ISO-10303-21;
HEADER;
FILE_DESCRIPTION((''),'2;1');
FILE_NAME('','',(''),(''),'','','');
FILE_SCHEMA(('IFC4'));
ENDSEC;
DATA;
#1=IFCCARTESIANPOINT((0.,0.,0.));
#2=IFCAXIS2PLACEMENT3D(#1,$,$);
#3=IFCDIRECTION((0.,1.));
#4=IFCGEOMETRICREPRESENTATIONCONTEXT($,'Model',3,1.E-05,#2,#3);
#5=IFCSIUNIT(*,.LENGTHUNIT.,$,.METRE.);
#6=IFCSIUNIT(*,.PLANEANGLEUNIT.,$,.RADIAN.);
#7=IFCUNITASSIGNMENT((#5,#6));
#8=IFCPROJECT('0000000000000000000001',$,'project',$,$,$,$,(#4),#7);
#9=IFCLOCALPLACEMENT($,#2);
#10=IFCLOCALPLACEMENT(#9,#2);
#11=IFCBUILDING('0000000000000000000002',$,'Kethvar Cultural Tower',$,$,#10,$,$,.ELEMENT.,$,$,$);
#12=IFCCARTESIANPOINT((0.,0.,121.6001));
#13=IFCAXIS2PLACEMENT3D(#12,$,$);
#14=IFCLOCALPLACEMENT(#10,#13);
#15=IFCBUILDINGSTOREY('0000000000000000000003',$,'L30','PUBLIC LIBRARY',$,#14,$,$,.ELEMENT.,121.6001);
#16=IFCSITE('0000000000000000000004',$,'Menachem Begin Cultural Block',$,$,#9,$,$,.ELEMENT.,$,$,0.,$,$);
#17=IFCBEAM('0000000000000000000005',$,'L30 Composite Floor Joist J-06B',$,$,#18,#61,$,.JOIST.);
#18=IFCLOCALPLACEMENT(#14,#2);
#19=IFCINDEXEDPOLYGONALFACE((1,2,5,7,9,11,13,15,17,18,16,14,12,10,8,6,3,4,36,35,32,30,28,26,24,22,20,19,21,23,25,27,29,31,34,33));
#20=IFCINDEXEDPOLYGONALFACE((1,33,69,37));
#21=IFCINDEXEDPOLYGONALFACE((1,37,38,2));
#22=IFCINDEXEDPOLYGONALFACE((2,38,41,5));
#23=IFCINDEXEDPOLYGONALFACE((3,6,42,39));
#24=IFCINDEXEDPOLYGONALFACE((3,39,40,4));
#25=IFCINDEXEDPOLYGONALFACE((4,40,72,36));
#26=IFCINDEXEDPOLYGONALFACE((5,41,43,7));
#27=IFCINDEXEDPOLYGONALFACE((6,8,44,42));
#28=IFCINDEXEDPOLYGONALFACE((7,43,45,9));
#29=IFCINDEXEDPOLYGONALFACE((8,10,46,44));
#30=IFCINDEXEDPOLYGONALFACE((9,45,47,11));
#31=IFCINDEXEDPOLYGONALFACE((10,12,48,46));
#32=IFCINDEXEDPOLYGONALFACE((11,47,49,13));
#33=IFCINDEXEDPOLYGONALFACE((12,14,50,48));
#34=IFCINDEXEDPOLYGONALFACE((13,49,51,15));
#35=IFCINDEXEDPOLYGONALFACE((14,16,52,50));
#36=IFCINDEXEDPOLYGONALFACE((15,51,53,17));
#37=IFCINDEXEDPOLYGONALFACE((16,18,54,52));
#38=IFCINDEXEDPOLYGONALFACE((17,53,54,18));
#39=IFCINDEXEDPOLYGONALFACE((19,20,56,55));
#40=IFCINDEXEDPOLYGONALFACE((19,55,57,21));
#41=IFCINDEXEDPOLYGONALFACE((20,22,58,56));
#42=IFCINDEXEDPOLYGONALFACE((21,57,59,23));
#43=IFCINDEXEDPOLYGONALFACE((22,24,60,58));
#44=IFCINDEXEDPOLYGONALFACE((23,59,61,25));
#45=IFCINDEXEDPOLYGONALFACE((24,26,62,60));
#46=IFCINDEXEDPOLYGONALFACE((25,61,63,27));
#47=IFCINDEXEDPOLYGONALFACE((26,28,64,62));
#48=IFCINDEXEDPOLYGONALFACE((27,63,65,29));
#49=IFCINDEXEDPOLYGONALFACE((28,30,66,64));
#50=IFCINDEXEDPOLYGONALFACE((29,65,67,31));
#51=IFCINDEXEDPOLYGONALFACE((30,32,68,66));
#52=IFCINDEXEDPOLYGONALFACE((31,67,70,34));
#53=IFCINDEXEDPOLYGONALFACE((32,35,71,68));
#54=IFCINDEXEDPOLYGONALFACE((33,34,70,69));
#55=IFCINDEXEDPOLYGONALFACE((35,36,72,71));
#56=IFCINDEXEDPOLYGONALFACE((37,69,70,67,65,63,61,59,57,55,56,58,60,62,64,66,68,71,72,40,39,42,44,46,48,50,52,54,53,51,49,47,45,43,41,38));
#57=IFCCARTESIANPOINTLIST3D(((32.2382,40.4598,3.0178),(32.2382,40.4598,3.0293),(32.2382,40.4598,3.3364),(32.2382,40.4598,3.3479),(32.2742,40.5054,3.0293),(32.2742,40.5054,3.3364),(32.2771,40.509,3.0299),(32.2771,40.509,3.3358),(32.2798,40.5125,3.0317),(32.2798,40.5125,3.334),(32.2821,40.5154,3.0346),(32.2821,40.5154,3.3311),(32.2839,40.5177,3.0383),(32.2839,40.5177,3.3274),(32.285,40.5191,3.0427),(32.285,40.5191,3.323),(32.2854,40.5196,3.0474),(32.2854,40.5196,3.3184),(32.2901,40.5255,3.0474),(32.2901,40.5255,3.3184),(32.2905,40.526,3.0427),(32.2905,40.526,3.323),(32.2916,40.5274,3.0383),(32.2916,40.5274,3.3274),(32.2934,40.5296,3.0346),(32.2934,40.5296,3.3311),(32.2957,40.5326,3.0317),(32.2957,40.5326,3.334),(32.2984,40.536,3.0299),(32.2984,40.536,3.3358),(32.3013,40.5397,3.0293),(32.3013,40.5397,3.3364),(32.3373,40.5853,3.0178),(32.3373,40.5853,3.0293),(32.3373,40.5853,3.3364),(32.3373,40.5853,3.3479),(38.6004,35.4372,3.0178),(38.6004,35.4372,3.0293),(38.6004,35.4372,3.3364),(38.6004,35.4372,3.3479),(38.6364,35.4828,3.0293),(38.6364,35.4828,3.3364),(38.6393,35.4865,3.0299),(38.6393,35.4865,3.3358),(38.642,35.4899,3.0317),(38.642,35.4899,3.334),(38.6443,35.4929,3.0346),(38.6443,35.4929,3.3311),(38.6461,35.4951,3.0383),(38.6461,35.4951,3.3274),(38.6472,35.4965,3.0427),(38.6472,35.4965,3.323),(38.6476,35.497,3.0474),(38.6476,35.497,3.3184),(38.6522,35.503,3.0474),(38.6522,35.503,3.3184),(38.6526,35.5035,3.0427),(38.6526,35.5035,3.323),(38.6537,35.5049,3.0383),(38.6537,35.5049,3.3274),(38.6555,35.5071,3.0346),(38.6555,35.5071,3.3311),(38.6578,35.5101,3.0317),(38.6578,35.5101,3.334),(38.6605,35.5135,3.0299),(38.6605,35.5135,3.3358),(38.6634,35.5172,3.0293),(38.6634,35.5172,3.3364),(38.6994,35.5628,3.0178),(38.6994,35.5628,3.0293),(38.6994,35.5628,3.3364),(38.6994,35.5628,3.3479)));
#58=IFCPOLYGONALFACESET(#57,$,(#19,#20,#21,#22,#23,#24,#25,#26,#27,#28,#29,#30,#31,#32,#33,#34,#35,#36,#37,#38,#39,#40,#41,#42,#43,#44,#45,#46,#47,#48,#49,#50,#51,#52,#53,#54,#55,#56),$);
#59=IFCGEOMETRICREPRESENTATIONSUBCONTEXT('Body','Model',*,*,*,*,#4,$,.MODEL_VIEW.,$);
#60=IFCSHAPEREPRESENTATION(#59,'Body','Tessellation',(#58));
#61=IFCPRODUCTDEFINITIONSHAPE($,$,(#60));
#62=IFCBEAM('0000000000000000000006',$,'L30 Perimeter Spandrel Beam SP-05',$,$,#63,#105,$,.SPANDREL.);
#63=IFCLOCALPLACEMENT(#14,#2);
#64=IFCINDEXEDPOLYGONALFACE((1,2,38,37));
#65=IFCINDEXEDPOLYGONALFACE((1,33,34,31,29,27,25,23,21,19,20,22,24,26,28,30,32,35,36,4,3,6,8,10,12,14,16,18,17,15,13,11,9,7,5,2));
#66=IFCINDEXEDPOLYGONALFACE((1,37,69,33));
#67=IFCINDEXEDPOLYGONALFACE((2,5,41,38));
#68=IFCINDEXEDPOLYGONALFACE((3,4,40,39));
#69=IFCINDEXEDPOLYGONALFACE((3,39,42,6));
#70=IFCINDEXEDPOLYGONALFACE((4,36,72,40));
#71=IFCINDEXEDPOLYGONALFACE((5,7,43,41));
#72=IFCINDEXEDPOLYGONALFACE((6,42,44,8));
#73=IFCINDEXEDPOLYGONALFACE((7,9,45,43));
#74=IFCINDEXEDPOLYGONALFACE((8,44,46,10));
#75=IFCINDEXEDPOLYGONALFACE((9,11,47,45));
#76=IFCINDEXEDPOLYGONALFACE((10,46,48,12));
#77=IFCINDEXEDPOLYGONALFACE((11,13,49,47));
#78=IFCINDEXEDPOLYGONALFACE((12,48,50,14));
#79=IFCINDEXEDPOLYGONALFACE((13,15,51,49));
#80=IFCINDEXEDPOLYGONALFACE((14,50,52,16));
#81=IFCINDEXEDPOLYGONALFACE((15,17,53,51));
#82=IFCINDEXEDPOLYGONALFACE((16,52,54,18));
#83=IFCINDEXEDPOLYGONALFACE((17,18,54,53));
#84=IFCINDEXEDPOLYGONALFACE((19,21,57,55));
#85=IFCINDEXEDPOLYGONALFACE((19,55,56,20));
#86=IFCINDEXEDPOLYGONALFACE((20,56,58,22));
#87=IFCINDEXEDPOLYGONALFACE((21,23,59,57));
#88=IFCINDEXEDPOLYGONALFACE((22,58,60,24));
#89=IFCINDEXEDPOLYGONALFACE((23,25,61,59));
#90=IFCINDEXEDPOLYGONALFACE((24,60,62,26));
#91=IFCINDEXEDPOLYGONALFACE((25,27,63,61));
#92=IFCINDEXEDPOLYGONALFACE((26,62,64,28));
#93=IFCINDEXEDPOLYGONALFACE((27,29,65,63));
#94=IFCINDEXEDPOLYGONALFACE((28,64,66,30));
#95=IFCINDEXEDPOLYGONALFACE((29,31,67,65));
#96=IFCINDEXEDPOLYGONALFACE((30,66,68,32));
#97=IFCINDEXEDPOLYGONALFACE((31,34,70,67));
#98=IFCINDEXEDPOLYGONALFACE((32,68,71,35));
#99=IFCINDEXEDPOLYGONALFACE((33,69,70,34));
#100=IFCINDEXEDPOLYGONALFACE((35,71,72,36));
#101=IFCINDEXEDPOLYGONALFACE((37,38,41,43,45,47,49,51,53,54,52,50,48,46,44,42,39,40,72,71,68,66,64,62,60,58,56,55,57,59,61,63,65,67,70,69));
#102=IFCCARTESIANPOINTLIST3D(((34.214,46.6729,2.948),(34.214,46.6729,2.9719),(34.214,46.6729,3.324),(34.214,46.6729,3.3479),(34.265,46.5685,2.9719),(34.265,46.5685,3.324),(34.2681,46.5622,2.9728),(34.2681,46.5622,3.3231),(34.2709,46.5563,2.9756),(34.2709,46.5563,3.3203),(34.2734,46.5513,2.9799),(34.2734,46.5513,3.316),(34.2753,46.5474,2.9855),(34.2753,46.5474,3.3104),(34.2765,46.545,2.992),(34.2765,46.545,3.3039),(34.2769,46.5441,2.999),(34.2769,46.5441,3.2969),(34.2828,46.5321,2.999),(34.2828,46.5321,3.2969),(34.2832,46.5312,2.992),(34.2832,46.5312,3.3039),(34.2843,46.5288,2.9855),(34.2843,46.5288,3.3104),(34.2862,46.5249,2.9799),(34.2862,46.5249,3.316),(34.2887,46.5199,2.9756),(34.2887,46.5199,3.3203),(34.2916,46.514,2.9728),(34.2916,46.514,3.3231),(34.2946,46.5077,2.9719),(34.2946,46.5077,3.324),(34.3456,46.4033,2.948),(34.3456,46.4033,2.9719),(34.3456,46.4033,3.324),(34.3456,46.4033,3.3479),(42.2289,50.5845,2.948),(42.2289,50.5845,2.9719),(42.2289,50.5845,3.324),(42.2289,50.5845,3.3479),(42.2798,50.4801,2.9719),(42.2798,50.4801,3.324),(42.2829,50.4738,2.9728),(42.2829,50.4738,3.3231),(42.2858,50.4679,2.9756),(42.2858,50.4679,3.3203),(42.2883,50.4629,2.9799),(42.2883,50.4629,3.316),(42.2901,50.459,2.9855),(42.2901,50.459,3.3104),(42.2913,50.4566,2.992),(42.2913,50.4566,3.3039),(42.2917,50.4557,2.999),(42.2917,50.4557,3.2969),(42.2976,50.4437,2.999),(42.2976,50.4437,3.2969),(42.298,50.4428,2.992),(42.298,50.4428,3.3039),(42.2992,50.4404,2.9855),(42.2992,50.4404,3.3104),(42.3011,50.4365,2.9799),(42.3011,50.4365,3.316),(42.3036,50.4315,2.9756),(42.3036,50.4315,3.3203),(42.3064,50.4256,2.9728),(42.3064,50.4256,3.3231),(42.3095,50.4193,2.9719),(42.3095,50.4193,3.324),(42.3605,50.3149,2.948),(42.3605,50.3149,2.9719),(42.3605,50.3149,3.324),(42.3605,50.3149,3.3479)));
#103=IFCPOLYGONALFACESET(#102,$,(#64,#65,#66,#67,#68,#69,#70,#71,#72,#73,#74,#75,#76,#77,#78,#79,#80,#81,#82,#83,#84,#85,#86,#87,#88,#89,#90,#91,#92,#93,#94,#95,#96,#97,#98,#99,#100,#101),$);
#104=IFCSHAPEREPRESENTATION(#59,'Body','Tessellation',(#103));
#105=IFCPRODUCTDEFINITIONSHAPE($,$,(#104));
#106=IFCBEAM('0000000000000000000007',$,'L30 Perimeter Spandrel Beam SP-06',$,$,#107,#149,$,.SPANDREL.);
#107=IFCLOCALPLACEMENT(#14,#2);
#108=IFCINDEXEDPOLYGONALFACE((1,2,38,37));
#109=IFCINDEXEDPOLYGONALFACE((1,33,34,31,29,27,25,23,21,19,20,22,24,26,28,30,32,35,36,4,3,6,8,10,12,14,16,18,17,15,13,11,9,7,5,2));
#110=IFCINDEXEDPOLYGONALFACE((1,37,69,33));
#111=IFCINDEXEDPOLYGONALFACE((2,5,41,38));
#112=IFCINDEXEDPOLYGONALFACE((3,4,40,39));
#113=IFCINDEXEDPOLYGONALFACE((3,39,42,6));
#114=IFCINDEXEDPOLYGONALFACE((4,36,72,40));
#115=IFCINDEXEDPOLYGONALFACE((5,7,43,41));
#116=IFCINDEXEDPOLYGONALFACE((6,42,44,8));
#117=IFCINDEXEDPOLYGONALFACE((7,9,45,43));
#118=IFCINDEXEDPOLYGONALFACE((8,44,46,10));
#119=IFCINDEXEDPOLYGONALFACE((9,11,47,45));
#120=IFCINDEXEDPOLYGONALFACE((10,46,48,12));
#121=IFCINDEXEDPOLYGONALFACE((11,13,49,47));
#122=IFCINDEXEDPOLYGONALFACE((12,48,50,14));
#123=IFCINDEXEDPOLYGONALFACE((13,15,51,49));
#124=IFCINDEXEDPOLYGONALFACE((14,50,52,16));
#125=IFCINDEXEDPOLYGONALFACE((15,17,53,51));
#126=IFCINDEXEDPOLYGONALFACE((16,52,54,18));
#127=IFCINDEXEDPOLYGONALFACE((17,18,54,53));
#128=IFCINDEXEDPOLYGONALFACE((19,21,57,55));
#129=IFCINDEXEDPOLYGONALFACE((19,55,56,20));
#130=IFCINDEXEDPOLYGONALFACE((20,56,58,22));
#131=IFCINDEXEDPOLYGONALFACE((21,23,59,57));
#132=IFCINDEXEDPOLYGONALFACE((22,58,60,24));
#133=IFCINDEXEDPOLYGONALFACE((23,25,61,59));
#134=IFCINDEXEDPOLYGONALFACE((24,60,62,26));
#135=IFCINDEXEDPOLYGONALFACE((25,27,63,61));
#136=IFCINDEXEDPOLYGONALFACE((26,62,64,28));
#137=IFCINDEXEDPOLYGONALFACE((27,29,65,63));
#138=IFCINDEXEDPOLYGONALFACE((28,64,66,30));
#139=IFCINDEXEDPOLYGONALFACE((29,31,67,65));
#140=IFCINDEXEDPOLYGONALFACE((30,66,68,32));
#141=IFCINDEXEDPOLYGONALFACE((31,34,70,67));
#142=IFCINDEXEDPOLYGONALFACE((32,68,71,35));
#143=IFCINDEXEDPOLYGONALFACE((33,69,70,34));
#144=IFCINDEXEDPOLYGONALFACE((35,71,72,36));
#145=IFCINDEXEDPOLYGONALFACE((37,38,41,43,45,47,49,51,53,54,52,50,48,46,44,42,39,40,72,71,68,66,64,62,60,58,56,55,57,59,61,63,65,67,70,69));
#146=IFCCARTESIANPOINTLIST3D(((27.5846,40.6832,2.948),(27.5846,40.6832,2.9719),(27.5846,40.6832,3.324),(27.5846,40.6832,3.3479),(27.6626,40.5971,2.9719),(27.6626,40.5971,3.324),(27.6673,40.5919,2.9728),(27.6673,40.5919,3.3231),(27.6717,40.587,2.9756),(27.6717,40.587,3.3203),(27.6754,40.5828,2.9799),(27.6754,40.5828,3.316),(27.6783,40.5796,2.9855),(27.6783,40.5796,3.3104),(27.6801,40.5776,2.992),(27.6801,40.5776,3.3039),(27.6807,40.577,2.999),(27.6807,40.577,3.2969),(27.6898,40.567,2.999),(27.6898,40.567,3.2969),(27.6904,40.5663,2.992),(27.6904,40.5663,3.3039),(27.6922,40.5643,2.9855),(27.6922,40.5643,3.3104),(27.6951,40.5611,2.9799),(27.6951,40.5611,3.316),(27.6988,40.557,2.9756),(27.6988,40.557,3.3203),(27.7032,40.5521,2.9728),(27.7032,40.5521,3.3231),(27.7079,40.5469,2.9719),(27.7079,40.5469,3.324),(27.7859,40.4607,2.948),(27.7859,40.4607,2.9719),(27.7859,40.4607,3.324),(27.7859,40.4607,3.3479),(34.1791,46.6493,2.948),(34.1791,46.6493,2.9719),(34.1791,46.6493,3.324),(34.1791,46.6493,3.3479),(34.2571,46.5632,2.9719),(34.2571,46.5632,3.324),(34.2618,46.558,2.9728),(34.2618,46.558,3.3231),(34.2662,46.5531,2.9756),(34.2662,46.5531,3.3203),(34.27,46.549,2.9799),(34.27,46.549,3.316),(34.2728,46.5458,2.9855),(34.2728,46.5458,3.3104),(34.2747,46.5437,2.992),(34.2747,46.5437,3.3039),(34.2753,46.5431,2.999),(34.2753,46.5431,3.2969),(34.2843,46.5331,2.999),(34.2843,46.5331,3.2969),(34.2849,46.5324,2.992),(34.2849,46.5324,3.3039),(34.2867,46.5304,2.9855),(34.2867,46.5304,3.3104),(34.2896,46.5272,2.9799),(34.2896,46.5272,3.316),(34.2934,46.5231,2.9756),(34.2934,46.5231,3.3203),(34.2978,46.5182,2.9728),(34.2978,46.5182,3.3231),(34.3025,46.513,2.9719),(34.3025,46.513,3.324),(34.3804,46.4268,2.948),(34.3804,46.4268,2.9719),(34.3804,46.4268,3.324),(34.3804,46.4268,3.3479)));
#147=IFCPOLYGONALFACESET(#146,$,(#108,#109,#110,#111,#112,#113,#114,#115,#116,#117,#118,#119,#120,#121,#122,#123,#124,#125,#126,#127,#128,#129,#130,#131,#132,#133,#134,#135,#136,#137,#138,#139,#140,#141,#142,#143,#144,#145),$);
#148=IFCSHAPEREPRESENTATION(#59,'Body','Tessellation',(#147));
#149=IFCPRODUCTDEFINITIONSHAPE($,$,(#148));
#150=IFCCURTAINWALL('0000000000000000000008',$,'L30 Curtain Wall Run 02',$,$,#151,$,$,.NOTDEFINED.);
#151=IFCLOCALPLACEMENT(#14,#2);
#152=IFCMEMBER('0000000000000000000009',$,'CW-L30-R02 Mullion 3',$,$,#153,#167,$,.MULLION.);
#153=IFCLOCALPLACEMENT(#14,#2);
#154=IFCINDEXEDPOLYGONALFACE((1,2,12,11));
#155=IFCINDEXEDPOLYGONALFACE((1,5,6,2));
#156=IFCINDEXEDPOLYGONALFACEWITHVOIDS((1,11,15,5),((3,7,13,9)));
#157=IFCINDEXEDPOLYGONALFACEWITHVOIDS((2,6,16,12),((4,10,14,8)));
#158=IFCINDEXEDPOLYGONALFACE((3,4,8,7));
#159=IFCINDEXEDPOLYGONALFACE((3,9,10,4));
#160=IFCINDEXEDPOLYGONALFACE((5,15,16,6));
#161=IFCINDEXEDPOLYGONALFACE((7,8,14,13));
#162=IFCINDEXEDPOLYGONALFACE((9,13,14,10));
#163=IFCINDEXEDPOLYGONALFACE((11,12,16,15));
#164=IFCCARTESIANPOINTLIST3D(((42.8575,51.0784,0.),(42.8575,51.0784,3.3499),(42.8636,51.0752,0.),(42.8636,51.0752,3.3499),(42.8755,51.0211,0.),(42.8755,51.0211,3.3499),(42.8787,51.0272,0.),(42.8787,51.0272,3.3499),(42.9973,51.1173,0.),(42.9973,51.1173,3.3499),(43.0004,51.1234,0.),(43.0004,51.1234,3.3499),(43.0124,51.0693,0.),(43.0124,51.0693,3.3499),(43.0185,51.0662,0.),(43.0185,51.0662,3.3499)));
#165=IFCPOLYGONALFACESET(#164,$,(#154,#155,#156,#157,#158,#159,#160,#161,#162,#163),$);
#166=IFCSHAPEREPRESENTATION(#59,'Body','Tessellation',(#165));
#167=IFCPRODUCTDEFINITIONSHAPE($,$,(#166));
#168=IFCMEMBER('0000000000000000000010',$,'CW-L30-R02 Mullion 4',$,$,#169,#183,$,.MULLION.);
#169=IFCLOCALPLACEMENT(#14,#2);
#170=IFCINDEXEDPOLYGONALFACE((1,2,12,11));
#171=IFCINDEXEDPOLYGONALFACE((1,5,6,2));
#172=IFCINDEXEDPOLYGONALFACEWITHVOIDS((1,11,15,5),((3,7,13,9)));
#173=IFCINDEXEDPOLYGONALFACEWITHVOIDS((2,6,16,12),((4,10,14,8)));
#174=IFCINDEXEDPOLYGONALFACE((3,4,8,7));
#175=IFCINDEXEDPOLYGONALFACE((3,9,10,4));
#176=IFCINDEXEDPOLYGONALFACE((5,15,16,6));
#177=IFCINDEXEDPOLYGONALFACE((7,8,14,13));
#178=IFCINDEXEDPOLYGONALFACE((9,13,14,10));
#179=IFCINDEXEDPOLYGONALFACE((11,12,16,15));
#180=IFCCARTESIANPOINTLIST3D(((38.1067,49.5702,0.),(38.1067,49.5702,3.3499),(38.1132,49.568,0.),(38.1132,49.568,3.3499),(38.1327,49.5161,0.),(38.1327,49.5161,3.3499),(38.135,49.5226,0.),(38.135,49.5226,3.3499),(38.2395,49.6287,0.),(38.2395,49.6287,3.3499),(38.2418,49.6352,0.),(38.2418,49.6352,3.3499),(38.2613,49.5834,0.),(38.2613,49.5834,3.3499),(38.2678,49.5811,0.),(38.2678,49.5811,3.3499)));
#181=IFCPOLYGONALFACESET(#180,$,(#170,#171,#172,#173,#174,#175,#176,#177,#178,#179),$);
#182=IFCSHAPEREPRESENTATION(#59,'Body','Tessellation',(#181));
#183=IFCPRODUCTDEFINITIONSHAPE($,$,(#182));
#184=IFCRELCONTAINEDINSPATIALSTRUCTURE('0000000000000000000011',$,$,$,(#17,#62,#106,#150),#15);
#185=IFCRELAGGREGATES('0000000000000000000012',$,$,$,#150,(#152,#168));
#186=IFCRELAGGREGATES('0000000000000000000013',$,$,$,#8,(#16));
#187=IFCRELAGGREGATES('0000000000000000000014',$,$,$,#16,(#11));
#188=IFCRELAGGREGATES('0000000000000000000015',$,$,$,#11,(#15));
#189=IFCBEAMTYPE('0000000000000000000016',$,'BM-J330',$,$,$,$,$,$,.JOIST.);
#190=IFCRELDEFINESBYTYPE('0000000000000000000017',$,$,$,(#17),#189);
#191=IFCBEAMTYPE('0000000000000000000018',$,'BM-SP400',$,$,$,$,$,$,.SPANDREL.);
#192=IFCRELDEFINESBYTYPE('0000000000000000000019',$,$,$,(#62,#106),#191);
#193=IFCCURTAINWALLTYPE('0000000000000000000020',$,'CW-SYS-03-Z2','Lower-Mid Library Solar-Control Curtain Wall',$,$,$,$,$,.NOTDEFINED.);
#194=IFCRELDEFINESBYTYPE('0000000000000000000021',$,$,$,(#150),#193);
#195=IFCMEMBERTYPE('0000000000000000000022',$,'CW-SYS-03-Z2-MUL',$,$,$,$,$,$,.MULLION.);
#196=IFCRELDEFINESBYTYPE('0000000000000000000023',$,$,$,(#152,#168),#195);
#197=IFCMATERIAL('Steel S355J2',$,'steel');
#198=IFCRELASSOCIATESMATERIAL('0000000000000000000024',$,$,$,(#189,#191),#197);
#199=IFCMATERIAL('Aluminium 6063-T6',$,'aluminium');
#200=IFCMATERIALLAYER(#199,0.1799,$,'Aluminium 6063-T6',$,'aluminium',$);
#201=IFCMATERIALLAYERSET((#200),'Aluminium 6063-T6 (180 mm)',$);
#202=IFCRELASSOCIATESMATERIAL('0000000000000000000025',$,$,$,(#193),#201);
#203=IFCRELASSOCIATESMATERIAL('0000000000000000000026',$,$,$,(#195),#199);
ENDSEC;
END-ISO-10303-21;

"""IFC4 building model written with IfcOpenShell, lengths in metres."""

from ifc_helpers import new_model, si_unit, direction, frame, origin, origin_2d, place, context, subcontext, project, spatial, hollow_rectangle, i_section, extrude, source, transform, mapped, material, layer, layer_set, material_profile, profile_set, type_object, element, aggregate, save


model = new_model("IFC4")

# Units and contexts
model_context = context("Model", 3, precision=1e-05, world=origin(), true_north=direction((0.0, 1.0)))
body_context = subcontext(model_context, "Body", "Model", "MODEL_VIEW")
ifc_project = project(units=[si_unit("LENGTHUNIT", "METRE"), si_unit("PLANEANGLEUNIT", "RADIAN")], contexts=[model_context])

# Site, building, storey
site_placement = place(None, origin())
site = spatial("IfcSite", under=ifc_project, at=site_placement, Name="Menachem Begin Cultural Block", CompositionType="ELEMENT", RefElevation=0.0)
building_placement = place(site_placement, origin())
building = spatial("IfcBuilding", under=site, at=building_placement, Name="Kethvar Cultural Tower", CompositionType="ELEMENT")
storey_placement = place(building_placement, frame((0.0, 0.0, 121.6001)))
storey = spatial("IfcBuildingStorey", under=building, at=storey_placement, Name="L30", Description="PUBLIC LIBRARY", CompositionType="ELEMENT", Elevation=121.6001)

# Beams
ifc_material_1 = material(Name="Steel S355J2", Category="steel")
ifc_material_profile_1 = material_profile(ifc_material_1, i_section(OverallWidth=0.1599, OverallDepth=0.3301, WebThickness=0.0076, FlangeThickness=0.0115, FilletRadius=0.0181, at=origin_2d()), Name="Steel S355J2 — IPE330")
ifc_profile_set_1 = profile_set([ifc_material_profile_1], Name="Steel S355J2 — IPE330")
beam_type_1 = type_object("IfcBeamType", Name="BM-J330", PredefinedType="JOIST", material=ifc_profile_set_1)
shared_shape_1 = source(origin(), body_context, "Body", "SweptSolid", [
    extrude(i_section(OverallWidth=0.1599, OverallDepth=0.3301, WebThickness=0.0076, FlangeThickness=0.0115, FilletRadius=0.0181, at=origin_2d()), origin(), (0.0, 0.0, 1.0), 8.1057),
])
beam_1_placement = place(storey_placement, frame((38.6499, 35.5, 3.1829), z_axis=(-0.784896, 0.619628, 0.0), x_axis=(-0.619628, -0.784896, 0.0)))
element("IfcBeam", 1, at=beam_1_placement, inside=storey, type_object=beam_type_1, Name="L30 Composite Floor Joist J-06B", PredefinedType="JOIST", context=body_context, shape_type="MappedRepresentation", body=[
    mapped(shared_shape_1, transform((0.0, 0.0, 0.0), scale=1.0)),
])
ifc_material_profile_2 = material_profile(ifc_material_1, i_section(OverallWidth=0.3, OverallDepth=0.3999, WebThickness=0.0134, FlangeThickness=0.0239, FilletRadius=0.0271, at=origin_2d()), Name="Steel S355J2 — HEB400")
ifc_profile_set_2 = profile_set([ifc_material_profile_2], Name="Steel S355J2 — HEB400")
beam_type_2 = type_object("IfcBeamType", Name="BM-SP400", PredefinedType="SPANDREL", material=ifc_profile_set_2)
shared_shape_2 = source(origin(), body_context, "Body", "SweptSolid", [
    extrude(i_section(OverallWidth=0.3, OverallDepth=0.3999, WebThickness=0.0134, FlangeThickness=0.0239, FilletRadius=0.0271, at=origin_2d()), origin(), (0.0, 0.0, 1.0), 8.9185),
])
beam_2_placement = place(storey_placement, frame((42.2947, 50.4497, 3.1479), z_axis=(-0.898684, -0.438597, 0.0), x_axis=(0.438597, -0.898684, 0.0)))
element("IfcBeam", 2, at=beam_2_placement, inside=storey, type_object=beam_type_2, Name="L30 Perimeter Spandrel Beam SP-05", PredefinedType="SPANDREL", context=body_context, shape_type="MappedRepresentation", body=[
    mapped(shared_shape_2, transform((0.0, 0.0, 0.0), scale=1.0)),
])
shared_shape_3 = source(origin(), body_context, "Body", "SweptSolid", [
    extrude(i_section(OverallWidth=0.3, OverallDepth=0.3999, WebThickness=0.0134, FlangeThickness=0.0239, FilletRadius=0.0271, at=origin_2d()), origin(), (0.0, 0.0, 1.0), 8.8928),
])
beam_3_placement = place(storey_placement, frame((34.2798, 46.5381, 3.1479), z_axis=(-0.741557, -0.67089, 0.0), x_axis=(0.67089, -0.741557, 0.0)))
element("IfcBeam", 3, at=beam_3_placement, inside=storey, type_object=beam_type_2, Name="L30 Perimeter Spandrel Beam SP-06", PredefinedType="SPANDREL", context=body_context, shape_type="MappedRepresentation", body=[
    mapped(shared_shape_3, transform((0.0, 0.0, 0.0), scale=1.0)),
])

# Curtain wall, members
ifc_material_2 = material(Name="Aluminium 6063-T6", Category="aluminium")
ifc_layer_1 = layer(ifc_material_2, 0.1799, Name="Aluminium 6063-T6", Category="aluminium")
ifc_layer_set_1 = layer_set([ifc_layer_1], Name="Aluminium 6063-T6 (180 mm)")
curtain_wall_type = type_object("IfcCurtainWallType", Name="CW-SYS-03-Z2", Description="Lower-Mid Library Solar-Control Curtain Wall", PredefinedType="NOTDEFINED", material=ifc_layer_set_1)
curtain_wall_placement = place(storey_placement, origin())
curtain_wall = element("IfcCurtainWall", 4, at=curtain_wall_placement, inside=storey, type_object=curtain_wall_type, Name="L30 Curtain Wall Run 02", PredefinedType="NOTDEFINED")
ifc_material_profile_3 = material_profile(ifc_material_2, hollow_rectangle(XDim=0.0601, YDim=0.1499, WallThickness=0.0049, at=origin_2d()), Name="Aluminium 6063-T6 — RHS150x60x5")
ifc_profile_set_3 = profile_set([ifc_material_profile_3], Name="Aluminium 6063-T6 — RHS150x60x5")
member_type_1 = type_object("IfcMemberType", Name="CW-SYS-03-Z2-MUL", PredefinedType="MULLION", material=ifc_profile_set_3)
shared_shape_4 = source(origin(), body_context, "Body", "SweptSolid", [
    extrude(hollow_rectangle(XDim=0.0601, YDim=0.1499, WallThickness=0.0049, at=origin_2d()), origin(), (0.0, 0.0, 1.0), 3.3499),
])
member_1_placement = place(storey_placement, frame((42.938, 51.0723, 0.0), z_axis=(0.0, 0.0, 1.0), x_axis=(0.300656, -0.953733, 0.0)))
member_1 = element("IfcMember", 5, at=member_1_placement, type_object=member_type_1, Name="CW-L30-R02 Mullion 3", PredefinedType="MULLION", context=body_context, shape_type="MappedRepresentation", body=[
    mapped(shared_shape_4, transform((0.0, 0.0, 0.0), scale=1.0)),
])
member_2_placement = place(storey_placement, frame((38.1873, 49.5757, 0.0), z_axis=(0.0, 0.0, 1.0), x_axis=(0.433706, -0.901054, 0.0)))
member_2 = element("IfcMember", 6, at=member_2_placement, type_object=member_type_1, Name="CW-L30-R02 Mullion 4", PredefinedType="MULLION", context=body_context, shape_type="MappedRepresentation", body=[
    mapped(shared_shape_4, transform((0.0, 0.0, 0.0), scale=1.0)),
])
aggregate(curtain_wall, [member_1, member_2])

save(model, "model.ifc")
